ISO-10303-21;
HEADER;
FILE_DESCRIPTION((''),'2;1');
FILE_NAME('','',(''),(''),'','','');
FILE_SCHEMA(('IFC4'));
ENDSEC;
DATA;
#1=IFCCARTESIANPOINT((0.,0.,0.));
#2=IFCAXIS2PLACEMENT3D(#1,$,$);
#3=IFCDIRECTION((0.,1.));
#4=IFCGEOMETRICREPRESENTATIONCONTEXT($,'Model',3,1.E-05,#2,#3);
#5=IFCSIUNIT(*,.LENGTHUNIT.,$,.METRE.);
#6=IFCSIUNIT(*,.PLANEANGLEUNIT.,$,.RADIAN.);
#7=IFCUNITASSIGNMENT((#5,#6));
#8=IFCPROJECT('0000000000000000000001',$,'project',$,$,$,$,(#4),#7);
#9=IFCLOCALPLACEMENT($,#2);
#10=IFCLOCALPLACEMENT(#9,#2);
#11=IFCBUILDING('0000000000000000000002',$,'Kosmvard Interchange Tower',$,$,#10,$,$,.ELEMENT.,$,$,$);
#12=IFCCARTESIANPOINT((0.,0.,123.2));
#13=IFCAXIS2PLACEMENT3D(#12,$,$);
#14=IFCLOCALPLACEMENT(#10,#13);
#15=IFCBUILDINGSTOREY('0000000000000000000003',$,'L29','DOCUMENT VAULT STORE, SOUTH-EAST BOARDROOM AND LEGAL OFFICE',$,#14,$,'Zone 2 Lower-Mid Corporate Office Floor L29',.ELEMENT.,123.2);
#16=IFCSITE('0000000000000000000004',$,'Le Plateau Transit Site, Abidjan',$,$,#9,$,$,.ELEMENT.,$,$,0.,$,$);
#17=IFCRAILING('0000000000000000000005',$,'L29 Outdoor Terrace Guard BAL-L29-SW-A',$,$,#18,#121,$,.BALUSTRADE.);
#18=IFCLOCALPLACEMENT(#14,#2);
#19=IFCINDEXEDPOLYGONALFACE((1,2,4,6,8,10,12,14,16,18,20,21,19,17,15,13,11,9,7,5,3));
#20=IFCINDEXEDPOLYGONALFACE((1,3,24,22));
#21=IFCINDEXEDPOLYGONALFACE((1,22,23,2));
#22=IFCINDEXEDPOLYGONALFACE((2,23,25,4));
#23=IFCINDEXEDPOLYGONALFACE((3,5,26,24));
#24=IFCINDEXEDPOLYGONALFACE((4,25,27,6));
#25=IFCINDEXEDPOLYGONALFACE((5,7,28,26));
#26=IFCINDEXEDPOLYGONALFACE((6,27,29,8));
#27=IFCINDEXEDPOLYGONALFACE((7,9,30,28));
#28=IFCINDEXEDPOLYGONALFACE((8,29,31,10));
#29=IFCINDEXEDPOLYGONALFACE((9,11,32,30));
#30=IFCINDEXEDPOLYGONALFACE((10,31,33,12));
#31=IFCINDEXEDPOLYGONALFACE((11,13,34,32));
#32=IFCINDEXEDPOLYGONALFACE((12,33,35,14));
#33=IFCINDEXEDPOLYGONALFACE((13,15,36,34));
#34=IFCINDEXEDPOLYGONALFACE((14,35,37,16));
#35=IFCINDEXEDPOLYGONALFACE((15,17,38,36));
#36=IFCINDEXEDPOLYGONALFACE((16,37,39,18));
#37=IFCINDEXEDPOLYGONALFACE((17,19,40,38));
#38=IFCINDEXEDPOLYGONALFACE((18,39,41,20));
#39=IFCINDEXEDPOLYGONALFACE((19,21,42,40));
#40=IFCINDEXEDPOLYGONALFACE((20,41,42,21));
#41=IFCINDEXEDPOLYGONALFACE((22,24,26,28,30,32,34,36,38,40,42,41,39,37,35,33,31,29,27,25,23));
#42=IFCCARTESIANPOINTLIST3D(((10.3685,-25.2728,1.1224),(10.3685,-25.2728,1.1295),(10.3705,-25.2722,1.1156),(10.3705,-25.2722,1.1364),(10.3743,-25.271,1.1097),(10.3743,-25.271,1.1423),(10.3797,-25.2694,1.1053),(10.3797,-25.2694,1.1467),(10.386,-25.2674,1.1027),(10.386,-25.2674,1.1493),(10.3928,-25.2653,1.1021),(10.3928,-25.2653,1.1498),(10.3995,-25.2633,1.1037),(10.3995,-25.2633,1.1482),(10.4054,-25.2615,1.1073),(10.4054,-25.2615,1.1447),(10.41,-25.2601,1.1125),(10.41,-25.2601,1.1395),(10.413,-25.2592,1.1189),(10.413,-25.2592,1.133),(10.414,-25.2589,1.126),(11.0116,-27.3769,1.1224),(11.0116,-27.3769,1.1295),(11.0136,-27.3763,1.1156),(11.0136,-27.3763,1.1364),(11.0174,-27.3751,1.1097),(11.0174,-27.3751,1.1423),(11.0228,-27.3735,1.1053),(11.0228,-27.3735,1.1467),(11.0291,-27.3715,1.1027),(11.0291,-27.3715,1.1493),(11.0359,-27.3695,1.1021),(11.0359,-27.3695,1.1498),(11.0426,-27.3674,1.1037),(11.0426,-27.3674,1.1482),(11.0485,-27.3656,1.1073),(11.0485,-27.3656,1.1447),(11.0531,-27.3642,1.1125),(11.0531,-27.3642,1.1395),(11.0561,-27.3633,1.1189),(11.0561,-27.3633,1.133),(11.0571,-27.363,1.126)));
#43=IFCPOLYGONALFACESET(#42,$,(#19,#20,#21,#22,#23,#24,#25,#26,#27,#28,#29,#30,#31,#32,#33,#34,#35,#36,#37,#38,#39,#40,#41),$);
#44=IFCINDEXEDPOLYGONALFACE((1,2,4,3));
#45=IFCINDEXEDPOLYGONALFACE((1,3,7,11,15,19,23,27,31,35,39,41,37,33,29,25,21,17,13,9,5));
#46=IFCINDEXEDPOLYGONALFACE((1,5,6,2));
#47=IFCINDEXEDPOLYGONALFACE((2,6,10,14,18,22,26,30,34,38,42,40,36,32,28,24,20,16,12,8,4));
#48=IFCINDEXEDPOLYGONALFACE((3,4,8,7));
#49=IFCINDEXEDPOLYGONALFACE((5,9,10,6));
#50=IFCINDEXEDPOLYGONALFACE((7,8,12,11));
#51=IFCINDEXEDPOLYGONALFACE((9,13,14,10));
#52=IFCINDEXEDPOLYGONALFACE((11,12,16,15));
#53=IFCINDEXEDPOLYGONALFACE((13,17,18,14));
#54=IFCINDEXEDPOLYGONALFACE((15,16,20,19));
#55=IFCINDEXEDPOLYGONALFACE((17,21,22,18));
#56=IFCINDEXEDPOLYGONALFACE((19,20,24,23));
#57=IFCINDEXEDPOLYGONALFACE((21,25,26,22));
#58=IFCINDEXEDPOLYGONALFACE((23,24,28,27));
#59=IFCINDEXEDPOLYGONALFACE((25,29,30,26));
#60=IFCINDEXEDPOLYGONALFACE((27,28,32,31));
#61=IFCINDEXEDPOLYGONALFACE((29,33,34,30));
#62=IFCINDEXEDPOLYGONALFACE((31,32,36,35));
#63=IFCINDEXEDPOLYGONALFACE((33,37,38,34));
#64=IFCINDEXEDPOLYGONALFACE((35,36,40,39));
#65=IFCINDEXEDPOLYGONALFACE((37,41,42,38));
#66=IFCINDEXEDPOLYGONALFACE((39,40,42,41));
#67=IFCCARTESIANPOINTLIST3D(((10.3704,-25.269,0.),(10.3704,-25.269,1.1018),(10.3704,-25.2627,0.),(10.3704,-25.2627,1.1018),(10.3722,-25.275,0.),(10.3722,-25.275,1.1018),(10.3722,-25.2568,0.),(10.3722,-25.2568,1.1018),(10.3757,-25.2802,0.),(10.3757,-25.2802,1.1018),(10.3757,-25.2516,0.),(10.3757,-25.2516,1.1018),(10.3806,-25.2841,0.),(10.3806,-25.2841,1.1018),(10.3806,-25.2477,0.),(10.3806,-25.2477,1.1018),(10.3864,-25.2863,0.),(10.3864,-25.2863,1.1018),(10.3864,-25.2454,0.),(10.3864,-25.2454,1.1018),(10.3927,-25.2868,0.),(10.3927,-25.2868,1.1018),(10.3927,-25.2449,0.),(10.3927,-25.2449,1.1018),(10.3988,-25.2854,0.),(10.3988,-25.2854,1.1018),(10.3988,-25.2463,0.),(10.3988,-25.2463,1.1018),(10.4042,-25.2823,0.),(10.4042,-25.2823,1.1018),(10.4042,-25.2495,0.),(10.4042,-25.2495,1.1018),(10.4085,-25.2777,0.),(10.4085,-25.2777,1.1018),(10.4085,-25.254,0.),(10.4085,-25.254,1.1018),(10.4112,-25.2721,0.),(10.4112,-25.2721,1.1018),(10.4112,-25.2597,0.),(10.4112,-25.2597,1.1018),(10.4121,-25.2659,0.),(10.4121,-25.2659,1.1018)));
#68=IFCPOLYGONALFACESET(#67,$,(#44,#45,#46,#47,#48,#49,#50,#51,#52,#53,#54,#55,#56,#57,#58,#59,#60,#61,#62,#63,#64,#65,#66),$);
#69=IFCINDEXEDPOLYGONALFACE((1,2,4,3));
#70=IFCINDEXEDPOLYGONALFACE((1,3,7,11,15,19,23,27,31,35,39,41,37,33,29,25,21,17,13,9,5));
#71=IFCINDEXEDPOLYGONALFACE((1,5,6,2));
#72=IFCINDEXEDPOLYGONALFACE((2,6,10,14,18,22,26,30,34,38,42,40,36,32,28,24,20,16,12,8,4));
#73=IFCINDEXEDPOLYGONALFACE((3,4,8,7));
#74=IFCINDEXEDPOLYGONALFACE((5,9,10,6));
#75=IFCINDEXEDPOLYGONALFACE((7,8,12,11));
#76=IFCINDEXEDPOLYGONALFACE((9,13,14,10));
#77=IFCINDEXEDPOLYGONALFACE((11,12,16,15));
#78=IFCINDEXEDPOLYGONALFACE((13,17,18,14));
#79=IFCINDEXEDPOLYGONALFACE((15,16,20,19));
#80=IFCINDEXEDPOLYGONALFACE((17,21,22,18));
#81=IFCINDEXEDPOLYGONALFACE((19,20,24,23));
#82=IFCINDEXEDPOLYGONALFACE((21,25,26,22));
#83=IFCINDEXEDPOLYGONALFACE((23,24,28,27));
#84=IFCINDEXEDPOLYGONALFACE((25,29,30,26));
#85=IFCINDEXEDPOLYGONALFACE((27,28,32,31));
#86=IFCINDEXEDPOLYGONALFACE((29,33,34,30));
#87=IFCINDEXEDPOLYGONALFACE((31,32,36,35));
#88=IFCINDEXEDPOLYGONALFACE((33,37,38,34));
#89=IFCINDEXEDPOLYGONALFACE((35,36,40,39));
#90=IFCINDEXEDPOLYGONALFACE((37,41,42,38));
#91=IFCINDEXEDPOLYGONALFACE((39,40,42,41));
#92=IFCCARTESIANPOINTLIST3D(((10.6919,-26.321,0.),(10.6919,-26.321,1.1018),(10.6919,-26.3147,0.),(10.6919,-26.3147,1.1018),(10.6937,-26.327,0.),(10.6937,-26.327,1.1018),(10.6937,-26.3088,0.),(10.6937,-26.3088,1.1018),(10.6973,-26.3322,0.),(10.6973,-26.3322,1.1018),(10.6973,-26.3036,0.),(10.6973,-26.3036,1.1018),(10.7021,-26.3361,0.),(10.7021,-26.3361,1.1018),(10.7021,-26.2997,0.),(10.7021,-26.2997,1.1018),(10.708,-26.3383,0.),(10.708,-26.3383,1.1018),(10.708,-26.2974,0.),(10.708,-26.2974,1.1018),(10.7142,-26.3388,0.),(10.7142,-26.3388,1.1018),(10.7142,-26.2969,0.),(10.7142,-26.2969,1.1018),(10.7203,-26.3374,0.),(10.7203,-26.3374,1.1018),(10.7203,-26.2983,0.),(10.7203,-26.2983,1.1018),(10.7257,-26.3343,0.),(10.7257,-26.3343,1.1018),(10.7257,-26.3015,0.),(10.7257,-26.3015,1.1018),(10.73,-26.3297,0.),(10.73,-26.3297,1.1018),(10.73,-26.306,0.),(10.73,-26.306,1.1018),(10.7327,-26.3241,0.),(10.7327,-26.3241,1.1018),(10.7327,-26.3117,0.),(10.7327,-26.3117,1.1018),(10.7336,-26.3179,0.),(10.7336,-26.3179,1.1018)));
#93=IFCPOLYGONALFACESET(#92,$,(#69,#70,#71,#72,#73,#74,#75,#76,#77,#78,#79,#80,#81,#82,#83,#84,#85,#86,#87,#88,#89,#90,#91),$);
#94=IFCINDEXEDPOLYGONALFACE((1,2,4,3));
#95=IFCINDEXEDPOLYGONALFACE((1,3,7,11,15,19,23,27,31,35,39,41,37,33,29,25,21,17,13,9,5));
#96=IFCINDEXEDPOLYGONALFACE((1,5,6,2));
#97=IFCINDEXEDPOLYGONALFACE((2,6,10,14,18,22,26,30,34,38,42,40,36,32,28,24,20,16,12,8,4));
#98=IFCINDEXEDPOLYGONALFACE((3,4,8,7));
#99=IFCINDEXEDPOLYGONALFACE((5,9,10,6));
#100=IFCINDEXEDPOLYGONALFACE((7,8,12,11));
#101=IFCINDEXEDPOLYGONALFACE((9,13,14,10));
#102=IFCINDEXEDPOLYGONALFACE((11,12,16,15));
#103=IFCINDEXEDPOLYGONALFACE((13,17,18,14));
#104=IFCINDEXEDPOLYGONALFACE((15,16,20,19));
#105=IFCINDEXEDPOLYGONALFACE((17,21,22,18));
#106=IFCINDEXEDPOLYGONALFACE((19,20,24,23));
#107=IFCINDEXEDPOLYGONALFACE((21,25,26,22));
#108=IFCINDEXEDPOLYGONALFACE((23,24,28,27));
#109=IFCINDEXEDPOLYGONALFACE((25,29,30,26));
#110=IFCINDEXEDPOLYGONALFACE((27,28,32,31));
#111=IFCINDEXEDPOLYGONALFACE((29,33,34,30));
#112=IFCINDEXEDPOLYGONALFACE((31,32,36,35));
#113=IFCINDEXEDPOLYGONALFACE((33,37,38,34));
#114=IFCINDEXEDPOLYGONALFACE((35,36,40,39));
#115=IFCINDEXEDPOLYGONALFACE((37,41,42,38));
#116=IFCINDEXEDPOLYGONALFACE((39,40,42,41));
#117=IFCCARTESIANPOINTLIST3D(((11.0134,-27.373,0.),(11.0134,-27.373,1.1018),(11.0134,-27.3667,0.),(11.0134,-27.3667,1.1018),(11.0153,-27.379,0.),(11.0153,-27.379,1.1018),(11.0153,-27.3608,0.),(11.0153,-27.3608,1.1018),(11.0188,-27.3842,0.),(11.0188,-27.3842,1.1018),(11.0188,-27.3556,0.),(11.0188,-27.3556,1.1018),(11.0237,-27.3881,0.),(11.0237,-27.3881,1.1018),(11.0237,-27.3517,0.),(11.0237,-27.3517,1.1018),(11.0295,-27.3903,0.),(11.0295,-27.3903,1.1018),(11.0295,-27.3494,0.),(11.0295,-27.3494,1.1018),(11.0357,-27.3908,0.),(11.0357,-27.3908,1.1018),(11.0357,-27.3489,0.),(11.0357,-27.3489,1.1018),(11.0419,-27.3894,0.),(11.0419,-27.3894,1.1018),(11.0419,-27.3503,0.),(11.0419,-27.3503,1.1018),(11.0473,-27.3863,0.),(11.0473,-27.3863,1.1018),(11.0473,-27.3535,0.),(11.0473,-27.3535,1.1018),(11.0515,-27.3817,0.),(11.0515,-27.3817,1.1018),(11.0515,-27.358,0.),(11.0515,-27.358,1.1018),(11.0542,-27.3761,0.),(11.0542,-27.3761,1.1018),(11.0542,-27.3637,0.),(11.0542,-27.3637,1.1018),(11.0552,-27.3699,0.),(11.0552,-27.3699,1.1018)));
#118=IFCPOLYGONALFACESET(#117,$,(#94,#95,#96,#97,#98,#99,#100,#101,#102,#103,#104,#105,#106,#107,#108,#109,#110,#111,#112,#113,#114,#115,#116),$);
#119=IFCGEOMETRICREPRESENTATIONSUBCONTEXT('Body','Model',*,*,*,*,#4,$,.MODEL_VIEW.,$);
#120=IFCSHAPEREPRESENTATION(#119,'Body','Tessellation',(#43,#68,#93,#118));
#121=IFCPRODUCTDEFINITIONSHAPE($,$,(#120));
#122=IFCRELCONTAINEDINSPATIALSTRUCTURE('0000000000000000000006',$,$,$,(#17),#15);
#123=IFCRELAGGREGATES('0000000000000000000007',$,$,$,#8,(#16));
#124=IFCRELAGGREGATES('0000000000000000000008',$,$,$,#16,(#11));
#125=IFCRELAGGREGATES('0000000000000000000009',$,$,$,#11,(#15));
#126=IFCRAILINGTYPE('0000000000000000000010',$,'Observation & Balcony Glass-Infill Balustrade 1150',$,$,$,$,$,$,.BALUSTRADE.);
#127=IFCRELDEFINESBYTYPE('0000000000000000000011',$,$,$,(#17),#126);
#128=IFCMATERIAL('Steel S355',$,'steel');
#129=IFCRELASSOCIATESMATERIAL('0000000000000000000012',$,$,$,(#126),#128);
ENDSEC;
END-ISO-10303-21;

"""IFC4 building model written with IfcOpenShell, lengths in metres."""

from ifc_helpers import new_model, si_unit, direction, frame, origin, origin_2d, place, context, subcontext, project, spatial, circle, extrude, source, transform, mapped, material, type_object, element, save


model = new_model("IFC4")

# Units and contexts
model_context = context("Model", 3, precision=1e-05, world=origin(), true_north=direction((0.0, 1.0)))
body_context = subcontext(model_context, "Body", "Model", "MODEL_VIEW")
ifc_project = project(units=[si_unit("LENGTHUNIT", "METRE"), si_unit("PLANEANGLEUNIT", "RADIAN")], contexts=[model_context])

# Site, building, storey
site_placement = place(None, origin())
site = spatial("IfcSite", under=ifc_project, at=site_placement, Name="Le Plateau Transit Site, Abidjan", CompositionType="ELEMENT", RefElevation=0.0)
building_placement = place(site_placement, origin())
building = spatial("IfcBuilding", under=site, at=building_placement, Name="Kosmvard Interchange Tower", CompositionType="ELEMENT")
storey_placement = place(building_placement, frame((0.0, 0.0, 123.2)))
storey = spatial("IfcBuildingStorey", under=building, at=storey_placement, Name="L29", Description="DOCUMENT VAULT STORE, SOUTH-EAST BOARDROOM AND LEGAL OFFICE", LongName="Zone 2 Lower-Mid Corporate Office Floor L29", CompositionType="ELEMENT", Elevation=123.2)

# Shared definitions
ifc_material_1 = material(Name="Steel S355", Category="steel")

# Railing
railing_type = type_object("IfcRailingType", Name="Observation & Balcony Glass-Infill Balustrade 1150", PredefinedType="BALUSTRADE", material=ifc_material_1)
shared_shape_1 = source(origin(), body_context, "Body", "SweptSolid", [
    extrude(circle(Radius=0.0239, at=origin_2d()), frame((0.0, 0.0, 1.126), z_axis=(0.292292, -0.956329, 0.0), x_axis=(0.956329, 0.292292, 0.0)), (0.0, 0.0, 1.0), 2.2002),
    extrude(circle(Radius=0.021, at=origin_2d()), origin(), (0.0, 0.0, 1.0), 1.1018),
    extrude(circle(Radius=0.021, at=origin_2d()), frame((0.3215, -1.052, 0.0)), (0.0, 0.0, 1.0), 1.1018),
    extrude(circle(Radius=0.021, at=origin_2d()), frame((0.6431, -2.104, 0.0)), (0.0, 0.0, 1.0), 1.1018),
])
railing_1_placement = place(storey_placement, frame((10.3911, -25.2659, 0.0)))
element("IfcRailing", 1, at=railing_1_placement, inside=storey, type_object=railing_type, Name="L29 Outdoor Terrace Guard BAL-L29-SW-A", PredefinedType="BALUSTRADE", context=body_context, shape_type="MappedRepresentation", body=[
    mapped(shared_shape_1, transform((0.0, 0.0, 0.0), scale=1.0)),
])

save(model, "model.ifc")
